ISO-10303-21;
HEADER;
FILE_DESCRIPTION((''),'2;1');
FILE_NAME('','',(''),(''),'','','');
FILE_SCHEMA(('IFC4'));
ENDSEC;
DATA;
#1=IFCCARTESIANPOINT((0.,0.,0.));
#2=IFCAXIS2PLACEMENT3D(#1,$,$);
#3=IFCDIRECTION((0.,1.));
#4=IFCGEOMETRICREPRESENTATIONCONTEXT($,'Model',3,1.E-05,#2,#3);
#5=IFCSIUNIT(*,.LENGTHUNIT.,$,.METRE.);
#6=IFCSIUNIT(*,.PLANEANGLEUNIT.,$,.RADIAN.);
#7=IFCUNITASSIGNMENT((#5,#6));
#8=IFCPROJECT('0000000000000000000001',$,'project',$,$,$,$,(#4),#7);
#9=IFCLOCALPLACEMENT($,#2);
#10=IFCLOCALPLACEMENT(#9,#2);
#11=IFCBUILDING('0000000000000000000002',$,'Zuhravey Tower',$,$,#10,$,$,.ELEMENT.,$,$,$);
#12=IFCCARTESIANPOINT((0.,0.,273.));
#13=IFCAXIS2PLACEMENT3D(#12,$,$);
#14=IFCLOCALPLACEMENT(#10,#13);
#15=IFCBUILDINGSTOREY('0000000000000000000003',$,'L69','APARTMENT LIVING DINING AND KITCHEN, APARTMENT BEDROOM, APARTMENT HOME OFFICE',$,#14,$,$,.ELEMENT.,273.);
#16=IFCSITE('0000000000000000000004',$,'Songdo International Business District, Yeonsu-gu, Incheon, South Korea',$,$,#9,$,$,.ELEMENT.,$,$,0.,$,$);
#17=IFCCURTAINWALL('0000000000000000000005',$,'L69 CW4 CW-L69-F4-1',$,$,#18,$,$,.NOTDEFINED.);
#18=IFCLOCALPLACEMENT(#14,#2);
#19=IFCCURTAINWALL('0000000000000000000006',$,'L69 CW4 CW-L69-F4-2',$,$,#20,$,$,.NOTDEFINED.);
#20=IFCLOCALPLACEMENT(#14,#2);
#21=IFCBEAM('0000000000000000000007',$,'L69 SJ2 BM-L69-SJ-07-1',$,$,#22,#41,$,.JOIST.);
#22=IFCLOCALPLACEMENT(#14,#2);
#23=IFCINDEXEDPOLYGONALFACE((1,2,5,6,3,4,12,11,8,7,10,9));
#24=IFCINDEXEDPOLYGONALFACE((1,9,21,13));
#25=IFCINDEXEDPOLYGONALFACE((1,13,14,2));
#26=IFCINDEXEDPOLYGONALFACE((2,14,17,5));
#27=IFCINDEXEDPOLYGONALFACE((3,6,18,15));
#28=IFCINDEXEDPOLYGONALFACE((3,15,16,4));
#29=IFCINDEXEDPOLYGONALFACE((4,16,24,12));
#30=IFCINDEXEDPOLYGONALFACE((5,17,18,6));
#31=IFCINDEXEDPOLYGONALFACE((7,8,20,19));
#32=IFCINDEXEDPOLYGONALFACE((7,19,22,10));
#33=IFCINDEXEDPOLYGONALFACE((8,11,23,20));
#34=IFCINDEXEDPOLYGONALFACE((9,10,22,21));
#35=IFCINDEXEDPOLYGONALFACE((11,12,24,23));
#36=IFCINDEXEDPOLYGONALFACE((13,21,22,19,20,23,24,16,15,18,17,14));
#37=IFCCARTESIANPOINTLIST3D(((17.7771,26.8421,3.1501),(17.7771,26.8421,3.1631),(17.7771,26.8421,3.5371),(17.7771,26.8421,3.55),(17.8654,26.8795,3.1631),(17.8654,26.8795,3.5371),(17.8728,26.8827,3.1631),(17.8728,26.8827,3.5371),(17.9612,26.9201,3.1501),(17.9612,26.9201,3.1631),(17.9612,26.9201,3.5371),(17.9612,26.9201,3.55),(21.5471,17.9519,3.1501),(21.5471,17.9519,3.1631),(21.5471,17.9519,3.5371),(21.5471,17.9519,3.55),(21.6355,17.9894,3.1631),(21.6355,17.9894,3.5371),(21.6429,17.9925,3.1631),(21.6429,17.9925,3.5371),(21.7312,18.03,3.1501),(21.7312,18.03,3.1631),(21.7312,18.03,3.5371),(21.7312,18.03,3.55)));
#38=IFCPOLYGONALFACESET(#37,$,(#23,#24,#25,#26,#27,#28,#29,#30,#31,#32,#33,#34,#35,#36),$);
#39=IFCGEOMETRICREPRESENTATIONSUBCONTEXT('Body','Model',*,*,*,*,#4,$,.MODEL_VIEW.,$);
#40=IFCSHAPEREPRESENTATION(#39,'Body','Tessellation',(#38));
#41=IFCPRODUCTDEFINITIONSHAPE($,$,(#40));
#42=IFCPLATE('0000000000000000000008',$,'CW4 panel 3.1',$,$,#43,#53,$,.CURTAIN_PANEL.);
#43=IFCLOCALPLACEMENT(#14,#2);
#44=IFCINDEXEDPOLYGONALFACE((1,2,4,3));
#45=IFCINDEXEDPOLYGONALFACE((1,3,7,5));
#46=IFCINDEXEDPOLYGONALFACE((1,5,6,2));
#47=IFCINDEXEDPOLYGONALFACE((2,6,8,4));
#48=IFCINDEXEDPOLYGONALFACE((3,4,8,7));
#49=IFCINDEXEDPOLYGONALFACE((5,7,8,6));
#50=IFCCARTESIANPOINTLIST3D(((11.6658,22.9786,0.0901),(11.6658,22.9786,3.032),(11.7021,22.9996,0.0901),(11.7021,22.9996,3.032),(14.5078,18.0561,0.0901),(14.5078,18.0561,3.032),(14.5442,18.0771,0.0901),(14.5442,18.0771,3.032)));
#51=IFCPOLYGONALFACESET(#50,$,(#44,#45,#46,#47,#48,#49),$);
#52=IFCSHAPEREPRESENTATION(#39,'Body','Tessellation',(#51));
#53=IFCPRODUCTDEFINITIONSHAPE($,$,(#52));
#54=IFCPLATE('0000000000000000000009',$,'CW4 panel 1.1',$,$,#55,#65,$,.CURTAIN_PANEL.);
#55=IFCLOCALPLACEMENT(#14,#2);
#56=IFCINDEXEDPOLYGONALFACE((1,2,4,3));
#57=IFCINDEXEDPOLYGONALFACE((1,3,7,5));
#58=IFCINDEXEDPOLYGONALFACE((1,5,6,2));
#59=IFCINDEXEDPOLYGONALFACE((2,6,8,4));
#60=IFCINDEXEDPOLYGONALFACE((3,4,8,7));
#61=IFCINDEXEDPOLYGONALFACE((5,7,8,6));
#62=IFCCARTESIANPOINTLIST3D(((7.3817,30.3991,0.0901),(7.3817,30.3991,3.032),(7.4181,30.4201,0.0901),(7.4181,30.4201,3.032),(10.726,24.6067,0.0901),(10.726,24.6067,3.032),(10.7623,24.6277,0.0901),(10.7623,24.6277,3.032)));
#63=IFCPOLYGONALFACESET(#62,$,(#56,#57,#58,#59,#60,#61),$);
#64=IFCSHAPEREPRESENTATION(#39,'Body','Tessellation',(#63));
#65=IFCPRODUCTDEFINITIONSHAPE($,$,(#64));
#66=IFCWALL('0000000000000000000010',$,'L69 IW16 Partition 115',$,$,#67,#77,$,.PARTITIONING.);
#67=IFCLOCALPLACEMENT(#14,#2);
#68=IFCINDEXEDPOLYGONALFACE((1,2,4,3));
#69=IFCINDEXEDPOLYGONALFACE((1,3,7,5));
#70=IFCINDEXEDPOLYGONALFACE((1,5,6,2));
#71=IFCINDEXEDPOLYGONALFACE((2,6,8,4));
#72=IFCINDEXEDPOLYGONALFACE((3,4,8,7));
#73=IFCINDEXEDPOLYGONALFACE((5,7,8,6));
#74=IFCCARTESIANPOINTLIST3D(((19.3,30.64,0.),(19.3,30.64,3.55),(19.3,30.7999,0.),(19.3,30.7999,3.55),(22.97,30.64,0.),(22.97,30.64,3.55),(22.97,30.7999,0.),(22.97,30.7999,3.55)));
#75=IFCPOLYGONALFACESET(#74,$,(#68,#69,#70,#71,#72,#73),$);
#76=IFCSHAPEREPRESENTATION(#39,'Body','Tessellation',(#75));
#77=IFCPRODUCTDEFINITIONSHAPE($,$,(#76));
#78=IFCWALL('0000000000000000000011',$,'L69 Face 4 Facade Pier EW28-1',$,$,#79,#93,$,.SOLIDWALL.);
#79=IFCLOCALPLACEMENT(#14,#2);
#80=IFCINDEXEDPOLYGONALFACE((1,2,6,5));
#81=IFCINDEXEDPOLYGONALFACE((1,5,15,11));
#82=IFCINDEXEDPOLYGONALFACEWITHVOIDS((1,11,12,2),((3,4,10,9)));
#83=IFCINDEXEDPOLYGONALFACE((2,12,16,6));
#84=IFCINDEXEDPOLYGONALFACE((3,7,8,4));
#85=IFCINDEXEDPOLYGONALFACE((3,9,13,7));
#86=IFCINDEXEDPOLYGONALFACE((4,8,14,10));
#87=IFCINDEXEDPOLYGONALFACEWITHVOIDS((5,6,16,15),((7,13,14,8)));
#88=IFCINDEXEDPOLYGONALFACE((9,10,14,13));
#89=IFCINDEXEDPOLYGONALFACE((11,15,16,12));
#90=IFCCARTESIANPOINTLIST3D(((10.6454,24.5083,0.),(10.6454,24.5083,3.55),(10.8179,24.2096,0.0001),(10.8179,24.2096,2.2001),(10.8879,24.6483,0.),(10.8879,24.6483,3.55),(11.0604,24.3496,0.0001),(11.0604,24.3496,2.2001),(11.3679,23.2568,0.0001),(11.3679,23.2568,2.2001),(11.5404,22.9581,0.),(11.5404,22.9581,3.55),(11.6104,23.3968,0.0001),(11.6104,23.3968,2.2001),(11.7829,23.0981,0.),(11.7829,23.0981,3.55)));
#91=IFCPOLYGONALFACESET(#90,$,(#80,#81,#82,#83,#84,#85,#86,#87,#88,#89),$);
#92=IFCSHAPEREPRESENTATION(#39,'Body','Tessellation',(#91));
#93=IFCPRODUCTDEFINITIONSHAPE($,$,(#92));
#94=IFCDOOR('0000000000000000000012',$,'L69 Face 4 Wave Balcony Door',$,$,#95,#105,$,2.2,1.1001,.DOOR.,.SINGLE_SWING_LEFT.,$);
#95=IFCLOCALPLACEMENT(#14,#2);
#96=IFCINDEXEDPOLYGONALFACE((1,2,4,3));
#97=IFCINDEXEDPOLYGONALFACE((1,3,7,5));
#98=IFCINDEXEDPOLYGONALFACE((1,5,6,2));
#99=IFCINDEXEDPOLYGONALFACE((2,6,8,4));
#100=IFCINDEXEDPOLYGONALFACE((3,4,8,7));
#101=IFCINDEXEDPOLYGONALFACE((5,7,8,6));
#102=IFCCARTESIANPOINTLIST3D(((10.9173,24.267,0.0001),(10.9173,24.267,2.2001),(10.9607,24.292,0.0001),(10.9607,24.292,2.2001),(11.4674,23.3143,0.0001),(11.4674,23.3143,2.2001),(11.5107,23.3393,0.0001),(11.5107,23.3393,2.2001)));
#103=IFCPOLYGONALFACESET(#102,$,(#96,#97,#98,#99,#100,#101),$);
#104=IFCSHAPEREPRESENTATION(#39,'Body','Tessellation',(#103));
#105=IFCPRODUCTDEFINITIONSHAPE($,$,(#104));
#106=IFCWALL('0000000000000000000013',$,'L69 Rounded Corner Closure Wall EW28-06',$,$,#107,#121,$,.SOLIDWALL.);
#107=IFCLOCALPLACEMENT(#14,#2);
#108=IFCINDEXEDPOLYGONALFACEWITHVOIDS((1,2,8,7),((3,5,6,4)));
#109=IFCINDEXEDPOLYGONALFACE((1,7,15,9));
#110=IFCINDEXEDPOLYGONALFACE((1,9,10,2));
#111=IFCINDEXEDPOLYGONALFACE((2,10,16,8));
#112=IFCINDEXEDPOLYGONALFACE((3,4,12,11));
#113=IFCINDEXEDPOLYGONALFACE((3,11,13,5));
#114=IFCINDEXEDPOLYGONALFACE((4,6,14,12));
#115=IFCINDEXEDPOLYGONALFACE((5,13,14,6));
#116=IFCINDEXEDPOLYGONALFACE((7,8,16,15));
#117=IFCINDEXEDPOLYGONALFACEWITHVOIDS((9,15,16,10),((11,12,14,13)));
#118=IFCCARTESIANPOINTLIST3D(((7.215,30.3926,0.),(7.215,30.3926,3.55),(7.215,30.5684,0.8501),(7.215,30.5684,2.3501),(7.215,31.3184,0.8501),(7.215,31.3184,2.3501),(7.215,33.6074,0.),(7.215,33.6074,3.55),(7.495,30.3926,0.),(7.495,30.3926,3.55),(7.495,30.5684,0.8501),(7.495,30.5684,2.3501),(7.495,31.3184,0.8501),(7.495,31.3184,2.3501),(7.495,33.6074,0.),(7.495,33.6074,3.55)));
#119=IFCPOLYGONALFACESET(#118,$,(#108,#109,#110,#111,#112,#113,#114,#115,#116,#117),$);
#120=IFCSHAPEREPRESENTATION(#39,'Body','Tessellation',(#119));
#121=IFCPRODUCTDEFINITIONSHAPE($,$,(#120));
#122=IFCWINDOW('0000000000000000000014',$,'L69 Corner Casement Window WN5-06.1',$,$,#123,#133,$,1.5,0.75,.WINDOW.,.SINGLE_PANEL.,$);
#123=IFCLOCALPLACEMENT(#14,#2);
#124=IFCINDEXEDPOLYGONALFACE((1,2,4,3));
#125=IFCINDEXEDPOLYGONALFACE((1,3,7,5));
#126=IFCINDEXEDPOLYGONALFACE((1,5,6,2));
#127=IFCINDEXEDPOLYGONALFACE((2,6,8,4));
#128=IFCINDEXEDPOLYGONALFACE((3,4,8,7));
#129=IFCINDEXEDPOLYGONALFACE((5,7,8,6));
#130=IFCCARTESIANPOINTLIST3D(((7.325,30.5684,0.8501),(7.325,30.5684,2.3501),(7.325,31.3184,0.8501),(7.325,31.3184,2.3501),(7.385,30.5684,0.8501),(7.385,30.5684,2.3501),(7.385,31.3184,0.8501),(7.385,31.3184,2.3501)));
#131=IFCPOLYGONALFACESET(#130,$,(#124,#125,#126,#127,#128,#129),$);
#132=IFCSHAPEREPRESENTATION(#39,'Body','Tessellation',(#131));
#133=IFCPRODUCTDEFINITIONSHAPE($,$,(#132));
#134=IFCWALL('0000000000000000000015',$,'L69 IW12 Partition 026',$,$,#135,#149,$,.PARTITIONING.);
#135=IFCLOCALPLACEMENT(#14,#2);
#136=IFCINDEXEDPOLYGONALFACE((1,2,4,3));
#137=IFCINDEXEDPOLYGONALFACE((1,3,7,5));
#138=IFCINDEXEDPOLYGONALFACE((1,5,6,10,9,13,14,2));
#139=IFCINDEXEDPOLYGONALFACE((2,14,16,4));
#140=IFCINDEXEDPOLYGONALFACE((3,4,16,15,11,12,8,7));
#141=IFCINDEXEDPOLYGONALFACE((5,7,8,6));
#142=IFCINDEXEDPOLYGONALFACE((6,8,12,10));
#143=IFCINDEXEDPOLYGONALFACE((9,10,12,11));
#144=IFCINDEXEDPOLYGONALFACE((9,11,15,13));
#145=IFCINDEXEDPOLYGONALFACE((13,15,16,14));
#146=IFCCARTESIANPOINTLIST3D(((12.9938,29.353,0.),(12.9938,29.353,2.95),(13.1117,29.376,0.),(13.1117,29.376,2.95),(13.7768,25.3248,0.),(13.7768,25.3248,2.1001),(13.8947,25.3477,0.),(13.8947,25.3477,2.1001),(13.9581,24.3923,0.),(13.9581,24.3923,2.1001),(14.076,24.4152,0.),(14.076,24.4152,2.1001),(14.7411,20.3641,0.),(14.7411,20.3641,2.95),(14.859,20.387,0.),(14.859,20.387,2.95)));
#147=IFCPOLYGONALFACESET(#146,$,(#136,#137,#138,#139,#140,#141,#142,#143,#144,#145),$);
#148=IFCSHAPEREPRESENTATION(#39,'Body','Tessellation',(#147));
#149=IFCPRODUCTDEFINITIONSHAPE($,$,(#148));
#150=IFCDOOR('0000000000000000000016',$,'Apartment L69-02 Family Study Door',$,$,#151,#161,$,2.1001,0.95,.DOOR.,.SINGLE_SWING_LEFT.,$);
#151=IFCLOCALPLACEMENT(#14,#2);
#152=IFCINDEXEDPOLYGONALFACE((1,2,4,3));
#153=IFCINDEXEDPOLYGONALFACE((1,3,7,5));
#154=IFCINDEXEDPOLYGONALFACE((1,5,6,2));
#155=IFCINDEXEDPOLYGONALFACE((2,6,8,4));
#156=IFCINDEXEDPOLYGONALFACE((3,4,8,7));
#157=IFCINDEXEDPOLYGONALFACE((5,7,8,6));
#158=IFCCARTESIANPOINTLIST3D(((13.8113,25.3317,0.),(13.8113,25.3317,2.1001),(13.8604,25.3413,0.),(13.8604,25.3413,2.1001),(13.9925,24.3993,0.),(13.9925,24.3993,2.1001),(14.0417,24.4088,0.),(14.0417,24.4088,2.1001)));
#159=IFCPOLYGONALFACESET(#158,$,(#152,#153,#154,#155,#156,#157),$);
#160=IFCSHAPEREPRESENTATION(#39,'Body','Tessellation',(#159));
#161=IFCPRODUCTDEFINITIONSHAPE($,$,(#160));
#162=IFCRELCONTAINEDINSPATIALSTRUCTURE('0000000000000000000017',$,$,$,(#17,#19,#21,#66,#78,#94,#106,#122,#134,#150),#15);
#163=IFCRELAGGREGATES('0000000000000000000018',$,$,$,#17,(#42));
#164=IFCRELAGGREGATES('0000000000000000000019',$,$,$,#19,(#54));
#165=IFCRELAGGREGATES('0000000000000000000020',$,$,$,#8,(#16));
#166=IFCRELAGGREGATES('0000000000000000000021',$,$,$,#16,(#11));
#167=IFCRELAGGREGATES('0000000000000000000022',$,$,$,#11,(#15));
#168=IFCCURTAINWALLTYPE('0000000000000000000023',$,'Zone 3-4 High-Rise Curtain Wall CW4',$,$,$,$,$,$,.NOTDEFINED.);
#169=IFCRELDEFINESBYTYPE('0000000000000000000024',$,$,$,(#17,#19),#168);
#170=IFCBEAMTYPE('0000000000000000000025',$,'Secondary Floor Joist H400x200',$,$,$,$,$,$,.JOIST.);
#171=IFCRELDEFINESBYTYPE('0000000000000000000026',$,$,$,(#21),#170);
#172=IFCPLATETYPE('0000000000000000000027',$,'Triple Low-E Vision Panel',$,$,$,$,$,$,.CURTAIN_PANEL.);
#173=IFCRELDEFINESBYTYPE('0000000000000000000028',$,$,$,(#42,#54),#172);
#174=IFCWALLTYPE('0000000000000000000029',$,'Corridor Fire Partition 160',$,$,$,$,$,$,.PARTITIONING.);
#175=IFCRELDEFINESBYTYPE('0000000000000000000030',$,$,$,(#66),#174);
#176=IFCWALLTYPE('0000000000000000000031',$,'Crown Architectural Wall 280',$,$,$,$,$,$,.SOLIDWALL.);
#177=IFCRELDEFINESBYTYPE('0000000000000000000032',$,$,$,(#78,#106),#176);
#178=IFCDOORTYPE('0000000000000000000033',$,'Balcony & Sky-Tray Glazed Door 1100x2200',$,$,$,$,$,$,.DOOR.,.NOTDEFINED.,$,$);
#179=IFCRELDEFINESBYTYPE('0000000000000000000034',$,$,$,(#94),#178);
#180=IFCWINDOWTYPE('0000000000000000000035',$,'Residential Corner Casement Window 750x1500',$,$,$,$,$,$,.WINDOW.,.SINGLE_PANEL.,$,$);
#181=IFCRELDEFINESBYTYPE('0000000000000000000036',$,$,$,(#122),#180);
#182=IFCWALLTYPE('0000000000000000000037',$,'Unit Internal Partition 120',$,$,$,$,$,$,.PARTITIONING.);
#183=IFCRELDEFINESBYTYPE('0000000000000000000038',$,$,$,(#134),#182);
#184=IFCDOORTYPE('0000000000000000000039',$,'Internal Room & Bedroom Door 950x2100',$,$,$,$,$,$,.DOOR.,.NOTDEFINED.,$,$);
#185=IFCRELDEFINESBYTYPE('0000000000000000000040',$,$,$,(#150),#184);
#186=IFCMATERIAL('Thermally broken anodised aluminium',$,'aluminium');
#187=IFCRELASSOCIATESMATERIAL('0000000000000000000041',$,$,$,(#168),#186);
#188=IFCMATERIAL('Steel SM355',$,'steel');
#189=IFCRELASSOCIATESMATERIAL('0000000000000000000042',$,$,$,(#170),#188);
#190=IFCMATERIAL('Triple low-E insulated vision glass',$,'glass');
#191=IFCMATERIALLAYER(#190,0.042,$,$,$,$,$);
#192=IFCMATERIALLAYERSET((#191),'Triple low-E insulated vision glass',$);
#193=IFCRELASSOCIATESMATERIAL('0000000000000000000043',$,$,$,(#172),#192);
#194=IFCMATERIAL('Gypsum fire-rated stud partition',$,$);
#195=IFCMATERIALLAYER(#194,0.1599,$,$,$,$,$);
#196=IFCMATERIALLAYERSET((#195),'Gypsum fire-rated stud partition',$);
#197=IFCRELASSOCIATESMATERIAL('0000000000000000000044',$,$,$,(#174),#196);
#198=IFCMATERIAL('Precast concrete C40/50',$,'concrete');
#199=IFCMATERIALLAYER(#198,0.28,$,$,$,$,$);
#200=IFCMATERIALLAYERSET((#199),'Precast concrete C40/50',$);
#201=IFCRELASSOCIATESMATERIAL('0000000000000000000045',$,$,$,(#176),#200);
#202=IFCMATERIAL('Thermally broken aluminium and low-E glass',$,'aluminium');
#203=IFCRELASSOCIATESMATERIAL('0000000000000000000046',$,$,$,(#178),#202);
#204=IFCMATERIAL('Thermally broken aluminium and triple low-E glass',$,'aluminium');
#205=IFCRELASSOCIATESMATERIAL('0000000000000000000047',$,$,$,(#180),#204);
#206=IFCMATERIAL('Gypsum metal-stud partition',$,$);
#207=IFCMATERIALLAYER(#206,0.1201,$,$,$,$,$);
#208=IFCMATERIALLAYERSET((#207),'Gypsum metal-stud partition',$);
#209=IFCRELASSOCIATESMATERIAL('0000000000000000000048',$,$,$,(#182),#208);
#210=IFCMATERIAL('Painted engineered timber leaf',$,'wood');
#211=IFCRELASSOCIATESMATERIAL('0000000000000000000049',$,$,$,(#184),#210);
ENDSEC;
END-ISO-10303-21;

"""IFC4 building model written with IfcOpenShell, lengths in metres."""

from ifc_helpers import new_model, si_unit, direction, frame, frame_2d, origin, origin_2d, place, context, subcontext, project, spatial, rectangle, i_section, extrude, material, layer, layer_set, material_profile, profile_set, type_object, element, fill, aggregate, save


model = new_model("IFC4")

# Units and contexts
model_context = context("Model", 3, precision=1e-05, world=origin(), true_north=direction((0.0, 1.0)))
body_context = subcontext(model_context, "Body", "Model", "MODEL_VIEW")
ifc_project = project(units=[si_unit("LENGTHUNIT", "METRE"), si_unit("PLANEANGLEUNIT", "RADIAN")], contexts=[model_context])

# Site, building, storey
site_placement = place(None, origin())
site = spatial("IfcSite", under=ifc_project, at=site_placement, Name="Songdo International Business District, Yeonsu-gu, Incheon, South Korea", CompositionType="ELEMENT", RefElevation=0.0)
building_placement = place(site_placement, origin())
building = spatial("IfcBuilding", under=site, at=building_placement, Name="Zuhravey Tower", CompositionType="ELEMENT")
storey_placement = place(building_placement, frame((0.0, 0.0, 273.0)))
storey = spatial("IfcBuildingStorey", under=building, at=storey_placement, Name="L69", Description="APARTMENT LIVING DINING AND KITCHEN, APARTMENT BEDROOM, APARTMENT HOME OFFICE", CompositionType="ELEMENT", Elevation=273.0)

# Curtain wall
ifc_material_1 = material(Name="Thermally broken anodised aluminium", Category="aluminium")
curtain_wall_type = type_object("IfcCurtainWallType", Name="Zone 3-4 High-Rise Curtain Wall CW4", PredefinedType="NOTDEFINED", material=ifc_material_1)
curtain_wall_1_placement = place(storey_placement, origin())
curtain_wall_1 = element("IfcCurtainWall", 1, at=curtain_wall_1_placement, inside=storey, type_object=curtain_wall_type, Name="L69 CW4 CW-L69-F4-1", PredefinedType="NOTDEFINED")

# Curtain wall
curtain_wall_2_placement = place(storey_placement, origin())
curtain_wall_2 = element("IfcCurtainWall", 2, at=curtain_wall_2_placement, inside=storey, type_object=curtain_wall_type, Name="L69 CW4 CW-L69-F4-2", PredefinedType="NOTDEFINED")

# Beam
ifc_material_2 = material(Name="Steel SM355", Category="steel")
ifc_material_profile_1 = material_profile(ifc_material_2, i_section(OverallWidth=0.2, OverallDepth=0.3999, WebThickness=0.0081, FlangeThickness=0.0129, at=origin_2d()), Name="H-400x200x8x13")
ifc_profile_set_1 = profile_set([ifc_material_profile_1], Name="Steel SM355")
beam_type_1 = type_object("IfcBeamType", Name="Secondary Floor Joist H400x200", PredefinedType="JOIST", material=ifc_profile_set_1)
beam_1_placement = place(storey_placement, frame((17.8691, 26.8811, 3.3501), z_axis=(0.390413, -0.92064, 0.0), x_axis=(0.92064, 0.390413, 0.0)))
element("IfcBeam", 3, at=beam_1_placement, inside=storey, type_object=beam_type_1, Name="L69 SJ2 BM-L69-SJ-07-1", PredefinedType="JOIST", context=body_context, shape_type="SweptSolid", body=[
    extrude(i_section(OverallWidth=0.2, OverallDepth=0.3999, WebThickness=0.0081, FlangeThickness=0.0129, at=origin_2d()), origin(), (0.0, 0.0, 1.0), 9.6565),
])

# Plates
ifc_material_3 = material(Name="Triple low-E insulated vision glass", Category="glass")
ifc_layer_1 = layer(ifc_material_3, 0.042)
ifc_layer_set_1 = layer_set([ifc_layer_1], Name="Triple low-E insulated vision glass")
plate_type = type_object("IfcPlateType", Name="Triple Low-E Vision Panel", PredefinedType="CURTAIN_PANEL", material=ifc_layer_set_1)
plate_1_placement = place(storey_placement, frame((13.105, 20.5278, 0.0901), z_axis=(0.0, 0.0, 1.0), x_axis=(-0.500003, 0.866024, 0.0)))
plate_1 = element("IfcPlate", 4, at=plate_1_placement, type_object=plate_type, Name="CW4 panel 3.1", PredefinedType="CURTAIN_PANEL", context=body_context, shape_type="SweptSolid", body=[
    extrude(rectangle(XDim=5.6841, YDim=0.042, at=origin_2d()), origin(), (0.0, 0.0, 1.0), 2.9419),
])
aggregate(curtain_wall_1, [plate_1])
plate_2_placement = place(storey_placement, frame((9.072, 27.5134, 0.0901), z_axis=(0.0, 0.0, 1.0), x_axis=(-0.500001, 0.866025, 0.0)))
plate_2 = element("IfcPlate", 5, at=plate_2_placement, type_object=plate_type, Name="CW4 panel 1.1", PredefinedType="CURTAIN_PANEL", context=body_context, shape_type="SweptSolid", body=[
    extrude(rectangle(XDim=6.6885, YDim=0.042, at=origin_2d()), origin(), (0.0, 0.0, 1.0), 2.9419),
])
aggregate(curtain_wall_2, [plate_2])

# Wall
ifc_material_4 = material(Name="Gypsum fire-rated stud partition")
ifc_layer_2 = layer(ifc_material_4, 0.1599)
ifc_layer_set_2 = layer_set([ifc_layer_2], Name="Gypsum fire-rated stud partition")
wall_type_1 = type_object("IfcWallType", Name="Corridor Fire Partition 160", PredefinedType="PARTITIONING", material=ifc_layer_set_2)
wall_1_placement = place(storey_placement, frame((19.3, 30.72, 0.0), z_axis=(0.0, 0.0, 1.0), x_axis=(1.0, 0.0, 0.0)))
element("IfcWall", 6, at=wall_1_placement, inside=storey, type_object=wall_type_1, Name="L69 IW16 Partition 115", PredefinedType="PARTITIONING", context=body_context, shape_type="SweptSolid", body=[
    extrude(rectangle(XDim=3.6699, YDim=0.1599, at=frame_2d((1.835, 0.0))), origin(), (0.0, 0.0, 1.0), 3.55),
])

# Wall, opening, door
ifc_material_5 = material(Name="Precast concrete C40/50", Category="concrete")
ifc_layer_3 = layer(ifc_material_5, 0.28)
ifc_layer_set_3 = layer_set([ifc_layer_3], Name="Precast concrete C40/50")
wall_type_2 = type_object("IfcWallType", Name="Crown Architectural Wall 280", PredefinedType="SOLIDWALL", material=ifc_layer_set_3)
wall_2_placement = place(storey_placement, frame((11.6616, 23.0281, 0.0), z_axis=(0.0, 0.0, 1.0), x_axis=(-0.499982, 0.866036, 0.0)))
wall_2 = element("IfcWall", 7, at=wall_2_placement, inside=storey, type_object=wall_type_2, Name="L69 Face 4 Facade Pier EW28-1", PredefinedType="SOLIDWALL", context=body_context, shape_type="SweptSolid", body=[
    extrude(rectangle(XDim=1.79, YDim=0.28, at=frame_2d((0.895, 0.0))), origin(), (0.0, 0.0, 1.0), 3.55),
])
opening_1_placement = place(wall_2_placement, frame((0.345, 0.0, 0.0)))
opening_1 = element("IfcOpeningElement", 8, at=opening_1_placement, cuts=wall_2, PredefinedType="OPENING", context=body_context, shape_type="SweptSolid", body=[
    extrude(rectangle(XDim=1.1001, YDim=2.2, at=frame_2d((0.55, 1.1001))), frame((0.0, 0.1521, 0.0), z_axis=(0.0, -1.0, 0.0), x_axis=(1.0, 0.0, 0.0)), (0.0, 0.0, 1.0), 0.304),
])
ifc_material_6 = material(Name="Thermally broken aluminium and low-E glass", Category="aluminium")
door_type_1 = type_object("IfcDoorType", Name="Balcony & Sky-Tray Glazed Door 1100x2200", OperationType="NOTDEFINED", PredefinedType="DOOR", material=ifc_material_6)
door_1_placement = place(opening_1_placement, frame((1.1001, 0.0, 0.0), z_axis=(0.0, 0.0, 1.0), x_axis=(-1.0, 0.0, 0.0)))
door_1 = element("IfcDoor", 9, at=door_1_placement, inside=storey, type_object=door_type_1, Name="L69 Face 4 Wave Balcony Door", OperationType="SINGLE_SWING_LEFT", OverallHeight=2.2, OverallWidth=1.1001, PredefinedType="DOOR", context=body_context, shape_type="SweptSolid", body=[
    extrude(rectangle(XDim=1.1001, YDim=2.2, at=frame_2d((0.55, 1.1001))), frame((0.0, 0.0249, 0.0), z_axis=(0.0, -1.0, 0.0), x_axis=(1.0, 0.0, 0.0)), (0.0, 0.0, 1.0), 0.05),
])
fill(opening_1, door_1)

# Wall, opening, window
wall_3_placement = place(storey_placement, frame((7.355, 30.3926, 0.0), z_axis=(0.0, 0.0, 1.0), x_axis=(0.0, 1.0, 0.0)))
wall_3 = element("IfcWall", 10, at=wall_3_placement, inside=storey, type_object=wall_type_2, Name="L69 Rounded Corner Closure Wall EW28-06", PredefinedType="SOLIDWALL", context=body_context, shape_type="SweptSolid", body=[
    extrude(rectangle(XDim=3.2148, YDim=0.28, at=frame_2d((1.6074, 0.0))), origin(), (0.0, 0.0, 1.0), 3.55),
])
opening_2_placement = place(wall_3_placement, frame((0.1758, 0.0, 0.8501)))
opening_2 = element("IfcOpeningElement", 11, at=opening_2_placement, cuts=wall_3, PredefinedType="OPENING", context=body_context, shape_type="SweptSolid", body=[
    extrude(rectangle(XDim=0.75, YDim=1.5, at=frame_2d((0.375, 0.75))), frame((0.0, 0.1521, 0.0), z_axis=(0.0, -1.0, 0.0), x_axis=(1.0, 0.0, 0.0)), (0.0, 0.0, 1.0), 0.304),
])
ifc_material_7 = material(Name="Thermally broken aluminium and triple low-E glass", Category="aluminium")
window_type = type_object("IfcWindowType", Name="Residential Corner Casement Window 750x1500", PartitioningType="SINGLE_PANEL", PredefinedType="WINDOW", material=ifc_material_7)
window_placement = place(opening_2_placement, origin())
window = element("IfcWindow", 12, at=window_placement, inside=storey, type_object=window_type, Name="L69 Corner Casement Window WN5-06.1", OverallHeight=1.5, OverallWidth=0.75, PartitioningType="SINGLE_PANEL", PredefinedType="WINDOW", context=body_context, shape_type="SweptSolid", body=[
    extrude(rectangle(XDim=0.75, YDim=1.5, at=frame_2d((0.375, 0.75))), frame((0.0, 0.03, 0.0), z_axis=(0.0, -1.0, 0.0), x_axis=(1.0, 0.0, 0.0)), (0.0, 0.0, 1.0), 0.0601),
])
fill(opening_2, window)

# Wall, opening, door
ifc_material_8 = material(Name="Gypsum metal-stud partition")
ifc_layer_4 = layer(ifc_material_8, 0.1201)
ifc_layer_set_4 = layer_set([ifc_layer_4], Name="Gypsum metal-stud partition")
wall_type_3 = type_object("IfcWallType", Name="Unit Internal Partition 120", PredefinedType="PARTITIONING", material=ifc_layer_set_4)
wall_4_placement = place(storey_placement, frame((13.0527, 29.3645, 0.0), z_axis=(0.0, 0.0, 1.0), x_axis=(0.190812, -0.981627, 0.0)))
wall_4 = element("IfcWall", 13, at=wall_4_placement, inside=storey, type_object=wall_type_3, Name="L69 IW12 Partition 026", PredefinedType="PARTITIONING", context=body_context, shape_type="SweptSolid", body=[
    extrude(rectangle(XDim=9.1572, YDim=0.1201, at=frame_2d((4.5786, 0.0))), origin(), (0.0, 0.0, 1.0), 2.95),
])
opening_3_placement = place(wall_4_placement, frame((4.1035, 0.0, 0.0)))
opening_3 = element("IfcOpeningElement", 14, at=opening_3_placement, cuts=wall_4, PredefinedType="OPENING", context=body_context, shape_type="SweptSolid", body=[
    extrude(rectangle(XDim=0.95, YDim=2.1001, at=frame_2d((0.4751, 1.05))), frame((0.0, 0.072, 0.0), z_axis=(0.0, -1.0, 0.0), x_axis=(1.0, 0.0, 0.0)), (0.0, 0.0, 1.0), 0.144),
])
ifc_material_9 = material(Name="Painted engineered timber leaf", Category="wood")
door_type_2 = type_object("IfcDoorType", Name="Internal Room & Bedroom Door 950x2100", OperationType="NOTDEFINED", PredefinedType="DOOR", material=ifc_material_9)
door_2_placement = place(opening_3_placement, frame((0.95, 0.0, 0.0), z_axis=(0.0, 0.0, 1.0), x_axis=(-1.0, 0.0, 0.0)))
door_2 = element("IfcDoor", 15, at=door_2_placement, inside=storey, type_object=door_type_2, Name="Apartment L69-02 Family Study Door", OperationType="SINGLE_SWING_LEFT", OverallHeight=2.1001, OverallWidth=0.95, PredefinedType="DOOR", context=body_context, shape_type="SweptSolid", body=[
    extrude(rectangle(XDim=0.95, YDim=2.1001, at=frame_2d((0.4751, 1.05))), frame((0.0, 0.0249, 0.0), z_axis=(0.0, -1.0, 0.0), x_axis=(1.0, 0.0, 0.0)), (0.0, 0.0, 1.0), 0.05),
])
fill(opening_3, door_2)

save(model, "model.ifc")
